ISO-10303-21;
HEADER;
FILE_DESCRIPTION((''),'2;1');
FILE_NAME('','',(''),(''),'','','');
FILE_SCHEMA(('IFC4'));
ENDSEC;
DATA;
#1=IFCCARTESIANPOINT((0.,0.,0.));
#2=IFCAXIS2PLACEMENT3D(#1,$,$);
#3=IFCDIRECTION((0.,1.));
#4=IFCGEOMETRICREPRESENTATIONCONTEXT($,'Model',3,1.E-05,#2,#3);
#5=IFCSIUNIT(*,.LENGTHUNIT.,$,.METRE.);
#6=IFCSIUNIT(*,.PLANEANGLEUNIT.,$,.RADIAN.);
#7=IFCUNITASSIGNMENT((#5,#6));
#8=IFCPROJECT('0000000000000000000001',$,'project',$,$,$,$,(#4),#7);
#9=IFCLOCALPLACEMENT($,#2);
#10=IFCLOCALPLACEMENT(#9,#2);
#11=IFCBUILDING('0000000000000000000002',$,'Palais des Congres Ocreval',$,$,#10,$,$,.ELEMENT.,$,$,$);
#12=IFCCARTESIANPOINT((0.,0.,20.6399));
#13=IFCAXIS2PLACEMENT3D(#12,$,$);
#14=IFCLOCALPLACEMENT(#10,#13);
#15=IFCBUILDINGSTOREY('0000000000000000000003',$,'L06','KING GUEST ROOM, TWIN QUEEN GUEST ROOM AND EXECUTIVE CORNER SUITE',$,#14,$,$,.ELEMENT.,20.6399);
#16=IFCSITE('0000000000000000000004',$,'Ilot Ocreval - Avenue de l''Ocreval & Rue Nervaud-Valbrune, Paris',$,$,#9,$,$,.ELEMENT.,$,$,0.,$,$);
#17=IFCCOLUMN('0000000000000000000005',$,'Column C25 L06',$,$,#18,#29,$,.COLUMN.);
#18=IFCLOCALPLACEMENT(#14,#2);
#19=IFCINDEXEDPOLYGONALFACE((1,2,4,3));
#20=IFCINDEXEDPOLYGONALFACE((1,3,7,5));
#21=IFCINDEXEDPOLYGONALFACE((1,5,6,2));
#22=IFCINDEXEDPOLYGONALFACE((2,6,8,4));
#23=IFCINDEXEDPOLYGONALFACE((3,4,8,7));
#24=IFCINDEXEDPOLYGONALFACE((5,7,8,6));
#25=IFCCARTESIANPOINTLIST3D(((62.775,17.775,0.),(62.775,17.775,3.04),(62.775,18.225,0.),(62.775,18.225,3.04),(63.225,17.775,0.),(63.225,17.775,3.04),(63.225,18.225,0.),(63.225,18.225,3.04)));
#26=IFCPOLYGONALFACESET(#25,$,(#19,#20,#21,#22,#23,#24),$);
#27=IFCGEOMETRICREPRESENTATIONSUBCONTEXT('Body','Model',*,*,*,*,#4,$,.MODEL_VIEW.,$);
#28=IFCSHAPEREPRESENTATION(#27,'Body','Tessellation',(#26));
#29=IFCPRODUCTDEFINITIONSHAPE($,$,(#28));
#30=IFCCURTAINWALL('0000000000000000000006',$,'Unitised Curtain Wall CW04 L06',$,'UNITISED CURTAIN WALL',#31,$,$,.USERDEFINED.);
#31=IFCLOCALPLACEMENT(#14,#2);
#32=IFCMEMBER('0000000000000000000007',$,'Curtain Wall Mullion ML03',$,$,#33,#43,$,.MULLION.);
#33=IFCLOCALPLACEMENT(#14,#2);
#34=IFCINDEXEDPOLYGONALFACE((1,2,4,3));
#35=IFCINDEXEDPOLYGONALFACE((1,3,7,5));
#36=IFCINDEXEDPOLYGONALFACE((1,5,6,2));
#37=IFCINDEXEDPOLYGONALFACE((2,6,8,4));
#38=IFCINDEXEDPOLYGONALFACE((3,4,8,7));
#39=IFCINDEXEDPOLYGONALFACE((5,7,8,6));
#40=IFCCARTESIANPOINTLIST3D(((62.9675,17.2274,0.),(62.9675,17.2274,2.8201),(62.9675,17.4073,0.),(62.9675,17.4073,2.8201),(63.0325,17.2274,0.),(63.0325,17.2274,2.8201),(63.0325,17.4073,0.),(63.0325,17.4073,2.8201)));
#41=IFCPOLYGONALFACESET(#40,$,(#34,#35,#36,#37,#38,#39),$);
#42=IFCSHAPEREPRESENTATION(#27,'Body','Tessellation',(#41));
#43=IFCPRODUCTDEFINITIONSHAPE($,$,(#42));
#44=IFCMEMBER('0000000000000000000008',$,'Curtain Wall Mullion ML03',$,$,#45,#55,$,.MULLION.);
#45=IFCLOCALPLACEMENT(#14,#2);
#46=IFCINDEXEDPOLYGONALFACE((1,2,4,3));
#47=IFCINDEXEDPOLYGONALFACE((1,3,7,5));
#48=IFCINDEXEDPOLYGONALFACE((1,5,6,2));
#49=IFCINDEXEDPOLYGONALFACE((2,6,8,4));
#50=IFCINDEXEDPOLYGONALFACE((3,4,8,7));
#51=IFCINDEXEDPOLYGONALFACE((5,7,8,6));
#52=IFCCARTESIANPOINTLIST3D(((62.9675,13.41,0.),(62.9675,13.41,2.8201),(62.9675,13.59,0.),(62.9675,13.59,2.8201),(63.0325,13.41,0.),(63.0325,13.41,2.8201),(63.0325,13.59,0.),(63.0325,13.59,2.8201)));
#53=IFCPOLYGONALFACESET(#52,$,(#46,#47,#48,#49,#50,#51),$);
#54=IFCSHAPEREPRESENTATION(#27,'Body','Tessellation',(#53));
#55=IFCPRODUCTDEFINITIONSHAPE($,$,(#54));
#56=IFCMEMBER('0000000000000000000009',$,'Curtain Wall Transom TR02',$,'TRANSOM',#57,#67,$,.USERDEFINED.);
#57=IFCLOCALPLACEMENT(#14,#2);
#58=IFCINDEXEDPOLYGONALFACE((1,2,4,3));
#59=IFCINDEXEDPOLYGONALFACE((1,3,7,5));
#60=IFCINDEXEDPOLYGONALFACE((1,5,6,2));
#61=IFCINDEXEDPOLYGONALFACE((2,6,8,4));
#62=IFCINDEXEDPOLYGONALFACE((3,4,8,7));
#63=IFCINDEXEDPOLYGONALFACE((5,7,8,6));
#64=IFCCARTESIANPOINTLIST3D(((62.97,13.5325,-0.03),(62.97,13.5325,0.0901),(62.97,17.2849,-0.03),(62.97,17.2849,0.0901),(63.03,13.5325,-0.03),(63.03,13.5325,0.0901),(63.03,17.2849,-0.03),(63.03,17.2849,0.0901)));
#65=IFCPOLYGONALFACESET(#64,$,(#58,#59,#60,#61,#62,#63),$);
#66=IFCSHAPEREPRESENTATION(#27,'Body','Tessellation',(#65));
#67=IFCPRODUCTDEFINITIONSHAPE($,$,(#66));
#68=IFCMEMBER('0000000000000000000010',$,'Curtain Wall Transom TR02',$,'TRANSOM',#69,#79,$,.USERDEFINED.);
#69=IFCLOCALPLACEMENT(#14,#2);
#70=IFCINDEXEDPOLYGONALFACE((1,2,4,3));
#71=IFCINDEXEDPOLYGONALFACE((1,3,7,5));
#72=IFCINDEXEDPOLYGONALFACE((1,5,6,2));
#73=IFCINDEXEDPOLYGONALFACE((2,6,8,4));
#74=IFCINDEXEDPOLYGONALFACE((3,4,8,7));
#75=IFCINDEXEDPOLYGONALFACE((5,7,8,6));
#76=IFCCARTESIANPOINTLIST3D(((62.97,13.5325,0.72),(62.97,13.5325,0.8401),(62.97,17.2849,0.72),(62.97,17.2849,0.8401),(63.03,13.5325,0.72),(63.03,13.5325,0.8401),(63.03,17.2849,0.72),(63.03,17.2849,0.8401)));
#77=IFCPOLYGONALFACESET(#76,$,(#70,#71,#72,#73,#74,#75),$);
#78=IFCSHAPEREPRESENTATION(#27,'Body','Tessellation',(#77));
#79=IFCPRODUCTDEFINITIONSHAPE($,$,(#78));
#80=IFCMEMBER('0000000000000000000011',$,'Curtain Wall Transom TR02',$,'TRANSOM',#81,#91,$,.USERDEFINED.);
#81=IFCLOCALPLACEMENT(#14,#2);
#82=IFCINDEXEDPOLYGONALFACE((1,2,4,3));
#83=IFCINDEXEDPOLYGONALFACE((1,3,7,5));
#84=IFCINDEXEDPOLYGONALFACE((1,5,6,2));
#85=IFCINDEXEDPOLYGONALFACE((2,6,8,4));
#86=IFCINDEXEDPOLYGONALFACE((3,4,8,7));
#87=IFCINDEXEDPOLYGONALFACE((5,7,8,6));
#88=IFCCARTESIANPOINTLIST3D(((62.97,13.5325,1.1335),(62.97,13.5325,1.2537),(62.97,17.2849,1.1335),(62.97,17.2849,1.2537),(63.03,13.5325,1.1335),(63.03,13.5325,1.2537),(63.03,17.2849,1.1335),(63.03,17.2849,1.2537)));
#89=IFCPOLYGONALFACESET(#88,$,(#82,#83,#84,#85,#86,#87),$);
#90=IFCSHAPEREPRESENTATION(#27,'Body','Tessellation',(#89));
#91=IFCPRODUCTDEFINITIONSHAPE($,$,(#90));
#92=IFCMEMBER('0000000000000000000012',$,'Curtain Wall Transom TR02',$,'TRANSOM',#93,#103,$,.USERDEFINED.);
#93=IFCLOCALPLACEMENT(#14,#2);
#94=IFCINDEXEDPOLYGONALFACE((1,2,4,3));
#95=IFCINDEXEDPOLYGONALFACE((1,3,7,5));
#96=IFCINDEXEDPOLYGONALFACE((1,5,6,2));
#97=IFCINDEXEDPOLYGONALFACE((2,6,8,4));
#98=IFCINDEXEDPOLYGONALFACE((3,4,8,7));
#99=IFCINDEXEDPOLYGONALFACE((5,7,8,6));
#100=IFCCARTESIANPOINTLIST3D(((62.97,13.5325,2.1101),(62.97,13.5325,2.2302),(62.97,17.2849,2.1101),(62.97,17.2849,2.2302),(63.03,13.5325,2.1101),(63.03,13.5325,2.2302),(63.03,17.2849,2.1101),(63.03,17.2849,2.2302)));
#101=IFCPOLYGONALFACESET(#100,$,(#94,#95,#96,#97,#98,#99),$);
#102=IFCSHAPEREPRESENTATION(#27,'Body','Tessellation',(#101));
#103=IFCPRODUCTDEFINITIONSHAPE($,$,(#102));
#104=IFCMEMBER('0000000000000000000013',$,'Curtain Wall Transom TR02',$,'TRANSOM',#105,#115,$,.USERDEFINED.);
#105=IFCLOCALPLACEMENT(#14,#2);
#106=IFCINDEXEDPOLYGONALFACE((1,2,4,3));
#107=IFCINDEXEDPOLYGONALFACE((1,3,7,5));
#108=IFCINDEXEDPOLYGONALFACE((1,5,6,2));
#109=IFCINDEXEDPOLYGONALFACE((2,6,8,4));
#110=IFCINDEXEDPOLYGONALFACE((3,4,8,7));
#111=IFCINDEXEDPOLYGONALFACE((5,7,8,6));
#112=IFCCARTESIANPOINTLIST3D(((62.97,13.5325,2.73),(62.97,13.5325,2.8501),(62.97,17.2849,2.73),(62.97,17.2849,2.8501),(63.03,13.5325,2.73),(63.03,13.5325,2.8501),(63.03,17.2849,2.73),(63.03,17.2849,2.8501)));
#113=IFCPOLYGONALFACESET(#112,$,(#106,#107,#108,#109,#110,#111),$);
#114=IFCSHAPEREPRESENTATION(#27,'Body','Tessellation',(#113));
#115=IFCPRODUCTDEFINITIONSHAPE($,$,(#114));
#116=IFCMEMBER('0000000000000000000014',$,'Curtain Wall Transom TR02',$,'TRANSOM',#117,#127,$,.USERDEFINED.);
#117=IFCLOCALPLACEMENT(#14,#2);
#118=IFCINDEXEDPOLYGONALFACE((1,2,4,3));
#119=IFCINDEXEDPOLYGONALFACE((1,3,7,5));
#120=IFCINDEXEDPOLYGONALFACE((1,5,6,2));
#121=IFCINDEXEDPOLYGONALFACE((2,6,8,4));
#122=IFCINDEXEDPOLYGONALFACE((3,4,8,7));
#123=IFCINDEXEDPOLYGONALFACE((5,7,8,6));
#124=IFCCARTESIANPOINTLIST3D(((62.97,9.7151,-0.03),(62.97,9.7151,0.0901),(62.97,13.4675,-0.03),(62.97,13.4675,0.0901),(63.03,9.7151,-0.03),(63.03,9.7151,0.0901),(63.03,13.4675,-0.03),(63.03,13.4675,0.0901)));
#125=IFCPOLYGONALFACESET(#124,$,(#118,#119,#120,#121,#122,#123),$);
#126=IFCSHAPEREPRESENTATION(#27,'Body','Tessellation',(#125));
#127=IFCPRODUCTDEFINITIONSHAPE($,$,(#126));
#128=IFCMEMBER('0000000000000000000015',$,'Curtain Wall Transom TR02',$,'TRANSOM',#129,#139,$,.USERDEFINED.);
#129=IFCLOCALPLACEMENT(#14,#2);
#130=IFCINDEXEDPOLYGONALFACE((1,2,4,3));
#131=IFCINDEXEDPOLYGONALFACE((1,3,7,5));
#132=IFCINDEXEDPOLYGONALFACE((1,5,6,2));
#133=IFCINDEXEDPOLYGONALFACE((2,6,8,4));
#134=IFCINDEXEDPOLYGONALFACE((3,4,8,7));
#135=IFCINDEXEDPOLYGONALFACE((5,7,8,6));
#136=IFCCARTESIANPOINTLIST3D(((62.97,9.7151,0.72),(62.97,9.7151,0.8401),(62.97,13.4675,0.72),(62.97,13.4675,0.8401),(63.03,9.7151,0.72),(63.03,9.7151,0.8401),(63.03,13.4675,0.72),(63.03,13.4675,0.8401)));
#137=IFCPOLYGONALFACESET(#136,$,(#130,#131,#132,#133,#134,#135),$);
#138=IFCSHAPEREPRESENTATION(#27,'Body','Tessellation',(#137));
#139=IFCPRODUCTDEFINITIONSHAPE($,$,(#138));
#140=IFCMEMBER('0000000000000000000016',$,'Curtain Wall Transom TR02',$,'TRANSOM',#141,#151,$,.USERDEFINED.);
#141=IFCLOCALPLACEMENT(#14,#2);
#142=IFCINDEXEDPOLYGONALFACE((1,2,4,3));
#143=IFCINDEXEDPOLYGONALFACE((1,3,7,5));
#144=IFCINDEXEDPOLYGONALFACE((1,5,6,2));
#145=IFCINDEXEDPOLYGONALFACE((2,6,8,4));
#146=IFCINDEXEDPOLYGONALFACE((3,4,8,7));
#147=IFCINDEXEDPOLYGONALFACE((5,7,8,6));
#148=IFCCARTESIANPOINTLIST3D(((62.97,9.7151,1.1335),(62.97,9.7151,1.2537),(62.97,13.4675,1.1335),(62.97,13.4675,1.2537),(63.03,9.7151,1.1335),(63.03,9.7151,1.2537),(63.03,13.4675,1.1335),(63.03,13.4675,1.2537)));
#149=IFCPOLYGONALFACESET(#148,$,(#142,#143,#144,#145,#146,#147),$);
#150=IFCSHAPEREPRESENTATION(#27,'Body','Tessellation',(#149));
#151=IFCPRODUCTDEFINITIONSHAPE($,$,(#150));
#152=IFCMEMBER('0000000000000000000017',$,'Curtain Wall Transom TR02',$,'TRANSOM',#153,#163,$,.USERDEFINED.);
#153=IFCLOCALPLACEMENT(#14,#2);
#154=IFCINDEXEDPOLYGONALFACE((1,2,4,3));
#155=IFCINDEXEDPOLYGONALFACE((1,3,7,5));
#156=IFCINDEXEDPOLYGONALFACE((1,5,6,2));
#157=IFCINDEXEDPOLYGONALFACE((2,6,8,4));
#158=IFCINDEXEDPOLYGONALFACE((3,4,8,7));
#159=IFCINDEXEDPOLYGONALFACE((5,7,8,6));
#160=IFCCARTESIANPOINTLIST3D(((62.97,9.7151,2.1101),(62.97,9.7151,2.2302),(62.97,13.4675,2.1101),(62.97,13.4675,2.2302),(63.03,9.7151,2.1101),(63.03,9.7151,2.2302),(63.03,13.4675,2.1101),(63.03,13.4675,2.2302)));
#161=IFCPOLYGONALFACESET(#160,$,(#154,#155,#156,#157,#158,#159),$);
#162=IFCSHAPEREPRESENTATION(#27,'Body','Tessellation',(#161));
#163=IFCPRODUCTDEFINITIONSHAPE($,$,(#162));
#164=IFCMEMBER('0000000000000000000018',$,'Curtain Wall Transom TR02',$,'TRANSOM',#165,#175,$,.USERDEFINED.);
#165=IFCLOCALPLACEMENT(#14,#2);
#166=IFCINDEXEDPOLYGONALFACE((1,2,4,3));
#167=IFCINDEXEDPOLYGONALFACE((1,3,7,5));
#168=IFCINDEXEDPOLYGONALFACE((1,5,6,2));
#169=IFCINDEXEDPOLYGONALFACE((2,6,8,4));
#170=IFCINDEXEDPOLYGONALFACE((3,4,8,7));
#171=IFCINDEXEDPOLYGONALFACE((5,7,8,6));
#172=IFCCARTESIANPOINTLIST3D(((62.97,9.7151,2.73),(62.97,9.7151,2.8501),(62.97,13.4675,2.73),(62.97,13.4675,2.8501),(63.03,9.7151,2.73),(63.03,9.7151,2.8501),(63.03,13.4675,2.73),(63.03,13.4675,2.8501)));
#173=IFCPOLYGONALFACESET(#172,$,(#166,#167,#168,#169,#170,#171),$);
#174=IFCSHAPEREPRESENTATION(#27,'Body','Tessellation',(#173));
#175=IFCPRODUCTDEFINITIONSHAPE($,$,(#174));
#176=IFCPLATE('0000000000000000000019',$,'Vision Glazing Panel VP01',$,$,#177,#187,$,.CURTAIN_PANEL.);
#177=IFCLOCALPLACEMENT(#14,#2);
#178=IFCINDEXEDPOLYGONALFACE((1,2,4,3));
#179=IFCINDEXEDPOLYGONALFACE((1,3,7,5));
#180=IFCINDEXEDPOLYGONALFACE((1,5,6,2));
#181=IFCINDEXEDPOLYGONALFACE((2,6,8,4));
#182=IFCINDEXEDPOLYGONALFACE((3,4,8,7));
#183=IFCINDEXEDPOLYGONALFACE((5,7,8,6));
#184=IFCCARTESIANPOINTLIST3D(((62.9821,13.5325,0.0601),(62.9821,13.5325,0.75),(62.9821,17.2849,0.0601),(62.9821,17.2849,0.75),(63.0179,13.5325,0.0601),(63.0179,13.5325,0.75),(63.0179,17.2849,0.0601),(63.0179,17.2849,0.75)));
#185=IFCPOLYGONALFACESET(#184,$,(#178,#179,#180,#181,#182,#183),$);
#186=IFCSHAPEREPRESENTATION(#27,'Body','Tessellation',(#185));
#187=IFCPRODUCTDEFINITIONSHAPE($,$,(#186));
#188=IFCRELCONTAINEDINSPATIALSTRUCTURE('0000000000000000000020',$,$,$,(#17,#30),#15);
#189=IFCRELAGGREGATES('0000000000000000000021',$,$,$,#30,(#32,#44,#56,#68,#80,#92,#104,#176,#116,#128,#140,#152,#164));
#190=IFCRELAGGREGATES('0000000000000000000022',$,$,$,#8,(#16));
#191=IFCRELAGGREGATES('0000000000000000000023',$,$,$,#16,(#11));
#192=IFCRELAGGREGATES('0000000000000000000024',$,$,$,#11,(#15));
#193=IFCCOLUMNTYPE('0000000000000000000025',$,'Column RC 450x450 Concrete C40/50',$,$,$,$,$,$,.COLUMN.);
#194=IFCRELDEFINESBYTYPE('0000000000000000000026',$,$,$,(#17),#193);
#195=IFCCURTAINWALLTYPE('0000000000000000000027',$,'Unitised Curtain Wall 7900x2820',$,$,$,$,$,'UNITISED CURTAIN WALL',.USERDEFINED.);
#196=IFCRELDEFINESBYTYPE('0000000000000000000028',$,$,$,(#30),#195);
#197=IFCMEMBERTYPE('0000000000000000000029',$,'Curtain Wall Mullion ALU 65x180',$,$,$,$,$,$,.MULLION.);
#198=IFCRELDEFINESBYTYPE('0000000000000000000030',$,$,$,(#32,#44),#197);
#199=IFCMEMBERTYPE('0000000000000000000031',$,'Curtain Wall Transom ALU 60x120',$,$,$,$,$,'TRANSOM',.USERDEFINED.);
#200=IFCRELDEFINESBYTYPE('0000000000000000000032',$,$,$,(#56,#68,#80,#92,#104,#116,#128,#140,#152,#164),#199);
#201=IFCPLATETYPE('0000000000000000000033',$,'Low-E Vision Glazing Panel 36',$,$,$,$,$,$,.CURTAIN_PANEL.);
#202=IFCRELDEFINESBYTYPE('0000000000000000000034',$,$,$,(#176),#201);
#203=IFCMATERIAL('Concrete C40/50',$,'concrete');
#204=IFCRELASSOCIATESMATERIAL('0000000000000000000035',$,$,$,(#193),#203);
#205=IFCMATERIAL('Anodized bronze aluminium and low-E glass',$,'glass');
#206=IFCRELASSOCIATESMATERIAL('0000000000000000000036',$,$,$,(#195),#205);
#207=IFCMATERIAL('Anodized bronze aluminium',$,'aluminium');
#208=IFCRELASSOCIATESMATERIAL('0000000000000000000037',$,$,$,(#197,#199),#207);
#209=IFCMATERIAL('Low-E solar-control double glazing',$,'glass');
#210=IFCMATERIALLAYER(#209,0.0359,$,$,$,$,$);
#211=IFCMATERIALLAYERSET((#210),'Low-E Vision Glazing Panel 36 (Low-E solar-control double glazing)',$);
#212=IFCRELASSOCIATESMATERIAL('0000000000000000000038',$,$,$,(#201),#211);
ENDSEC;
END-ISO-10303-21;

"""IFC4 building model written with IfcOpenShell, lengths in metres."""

from ifc_helpers import new_model, si_unit, direction, frame, origin, origin_2d, place, context, subcontext, project, spatial, rectangle, extrude, material, layer, layer_set, material_profile, profile_set, type_object, element, aggregate, save


model = new_model("IFC4")

# Units and contexts
model_context = context("Model", 3, precision=1e-05, world=origin(), true_north=direction((0.0, 1.0)))
body_context = subcontext(model_context, "Body", "Model", "MODEL_VIEW")
ifc_project = project(units=[si_unit("LENGTHUNIT", "METRE"), si_unit("PLANEANGLEUNIT", "RADIAN")], contexts=[model_context])

# Site, building, storey
site_placement = place(None, origin())
site = spatial("IfcSite", under=ifc_project, at=site_placement, Name="Ilot Ocreval - Avenue de l'Ocreval & Rue Nervaud-Valbrune, Paris", CompositionType="ELEMENT", RefElevation=0.0)
building_placement = place(site_placement, origin())
building = spatial("IfcBuilding", under=site, at=building_placement, Name="Palais des Congres Ocreval", CompositionType="ELEMENT")
storey_placement = place(building_placement, frame((0.0, 0.0, 20.6399)))
storey = spatial("IfcBuildingStorey", under=building, at=storey_placement, Name="L06", Description="KING GUEST ROOM, TWIN QUEEN GUEST ROOM AND EXECUTIVE CORNER SUITE", CompositionType="ELEMENT", Elevation=20.6399)

# Column
ifc_material_1 = material(Name="Concrete C40/50", Category="concrete")
ifc_material_profile_1 = material_profile(ifc_material_1, rectangle(XDim=0.45, YDim=0.45, at=origin_2d()), Name="RC 450x450")
ifc_profile_set_1 = profile_set([ifc_material_profile_1], Name="Concrete C40/50")
column_type = type_object("IfcColumnType", Name="Column RC 450x450 Concrete C40/50", PredefinedType="COLUMN", material=ifc_profile_set_1)
column_placement = place(storey_placement, frame((63.0, 18.0, 0.0), z_axis=(0.0, 0.0, 1.0), x_axis=(1.0, 0.0, 0.0)))
element("IfcColumn", 1, at=column_placement, inside=storey, type_object=column_type, Name="Column C25 L06", PredefinedType="COLUMN", context=body_context, shape_type="SweptSolid", body=[
    extrude(rectangle(XDim=0.45, YDim=0.45, at=origin_2d()), origin(), (0.0, 0.0, 1.0), 3.04),
])

# Curtain wall, members, plate
ifc_material_2 = material(Name="Anodized bronze aluminium and low-E glass", Category="glass")
curtain_wall_type = type_object("IfcCurtainWallType", Name="Unitised Curtain Wall 7900x2820", ElementType="UNITISED CURTAIN WALL", PredefinedType="USERDEFINED", material=ifc_material_2)
curtain_wall_placement = place(storey_placement, origin())
curtain_wall = element("IfcCurtainWall", 2, at=curtain_wall_placement, inside=storey, type_object=curtain_wall_type, Name="Unitised Curtain Wall CW04 L06", ObjectType="UNITISED CURTAIN WALL", PredefinedType="USERDEFINED")
ifc_material_3 = material(Name="Anodized bronze aluminium", Category="aluminium")
ifc_material_profile_2 = material_profile(ifc_material_3, rectangle(XDim=0.0649, YDim=0.1799, at=origin_2d()), Name="ALU 65x180")
ifc_profile_set_2 = profile_set([ifc_material_profile_2], Name="Anodized bronze aluminium")
member_type_1 = type_object("IfcMemberType", Name="Curtain Wall Mullion ALU 65x180", PredefinedType="MULLION", material=ifc_profile_set_2)
member_1_placement = place(storey_placement, frame((63.0, 17.3174, 0.0), z_axis=(0.0, 0.0, 1.0), x_axis=(1.0, 0.0, 0.0)))
member_1 = element("IfcMember", 3, at=member_1_placement, type_object=member_type_1, Name="Curtain Wall Mullion ML03", PredefinedType="MULLION", context=body_context, shape_type="SweptSolid", body=[
    extrude(rectangle(XDim=0.0649, YDim=0.1799, at=origin_2d()), origin(), (0.0, 0.0, 1.0), 2.8201),
])
member_2_placement = place(storey_placement, frame((63.0, 13.5, 0.0), z_axis=(0.0, 0.0, 1.0), x_axis=(1.0, 0.0, 0.0)))
member_2 = element("IfcMember", 4, at=member_2_placement, type_object=member_type_1, Name="Curtain Wall Mullion ML03", PredefinedType="MULLION", context=body_context, shape_type="SweptSolid", body=[
    extrude(rectangle(XDim=0.0649, YDim=0.1799, at=origin_2d()), origin(), (0.0, 0.0, 1.0), 2.8201),
])
ifc_material_profile_3 = material_profile(ifc_material_3, rectangle(XDim=0.0601, YDim=0.1201, at=origin_2d()), Name="ALU 60x120")
ifc_profile_set_3 = profile_set([ifc_material_profile_3], Name="Anodized bronze aluminium")
member_type_2 = type_object("IfcMemberType", Name="Curtain Wall Transom ALU 60x120", ElementType="TRANSOM", PredefinedType="USERDEFINED", material=ifc_profile_set_3)
member_3_placement = place(storey_placement, frame((63.0, 17.2849, 0.03), z_axis=(0.0, -1.0, 0.0), x_axis=(1.0, 0.0, 0.0)))
member_3 = element("IfcMember", 5, at=member_3_placement, type_object=member_type_2, Name="Curtain Wall Transom TR02", ObjectType="TRANSOM", PredefinedType="USERDEFINED", context=body_context, shape_type="SweptSolid", body=[
    extrude(rectangle(XDim=0.0601, YDim=0.1201, at=origin_2d()), origin(), (0.0, 0.0, 1.0), 3.7524),
])
member_4_placement = place(storey_placement, frame((63.0, 17.2849, 0.78), z_axis=(0.0, -1.0, 0.0), x_axis=(1.0, 0.0, 0.0)))
member_4 = element("IfcMember", 6, at=member_4_placement, type_object=member_type_2, Name="Curtain Wall Transom TR02", ObjectType="TRANSOM", PredefinedType="USERDEFINED", context=body_context, shape_type="SweptSolid", body=[
    extrude(rectangle(XDim=0.0601, YDim=0.1201, at=origin_2d()), origin(), (0.0, 0.0, 1.0), 3.7524),
])
member_5_placement = place(storey_placement, frame((63.0, 17.2849, 1.1936), z_axis=(0.0, -1.0, 0.0), x_axis=(1.0, 0.0, 0.0)))
member_5 = element("IfcMember", 7, at=member_5_placement, type_object=member_type_2, Name="Curtain Wall Transom TR02", ObjectType="TRANSOM", PredefinedType="USERDEFINED", context=body_context, shape_type="SweptSolid", body=[
    extrude(rectangle(XDim=0.0601, YDim=0.1201, at=origin_2d()), origin(), (0.0, 0.0, 1.0), 3.7524),
])
member_6_placement = place(storey_placement, frame((63.0, 17.2849, 2.1702), z_axis=(0.0, -1.0, 0.0), x_axis=(1.0, 0.0, 0.0)))
member_6 = element("IfcMember", 8, at=member_6_placement, type_object=member_type_2, Name="Curtain Wall Transom TR02", ObjectType="TRANSOM", PredefinedType="USERDEFINED", context=body_context, shape_type="SweptSolid", body=[
    extrude(rectangle(XDim=0.0601, YDim=0.1201, at=origin_2d()), origin(), (0.0, 0.0, 1.0), 3.7524),
])
member_7_placement = place(storey_placement, frame((63.0, 17.2849, 2.79), z_axis=(0.0, -1.0, 0.0), x_axis=(1.0, 0.0, 0.0)))
member_7 = element("IfcMember", 9, at=member_7_placement, type_object=member_type_2, Name="Curtain Wall Transom TR02", ObjectType="TRANSOM", PredefinedType="USERDEFINED", context=body_context, shape_type="SweptSolid", body=[
    extrude(rectangle(XDim=0.0601, YDim=0.1201, at=origin_2d()), origin(), (0.0, 0.0, 1.0), 3.7524),
])
member_8_placement = place(storey_placement, frame((63.0, 13.4675, 0.03), z_axis=(0.0, -1.0, 0.0), x_axis=(1.0, 0.0, 0.0)))
member_8 = element("IfcMember", 10, at=member_8_placement, type_object=member_type_2, Name="Curtain Wall Transom TR02", ObjectType="TRANSOM", PredefinedType="USERDEFINED", context=body_context, shape_type="SweptSolid", body=[
    extrude(rectangle(XDim=0.0601, YDim=0.1201, at=origin_2d()), origin(), (0.0, 0.0, 1.0), 3.7524),
])
member_9_placement = place(storey_placement, frame((63.0, 13.4675, 0.78), z_axis=(0.0, -1.0, 0.0), x_axis=(1.0, 0.0, 0.0)))
member_9 = element("IfcMember", 11, at=member_9_placement, type_object=member_type_2, Name="Curtain Wall Transom TR02", ObjectType="TRANSOM", PredefinedType="USERDEFINED", context=body_context, shape_type="SweptSolid", body=[
    extrude(rectangle(XDim=0.0601, YDim=0.1201, at=origin_2d()), origin(), (0.0, 0.0, 1.0), 3.7524),
])
member_10_placement = place(storey_placement, frame((63.0, 13.4675, 1.1936), z_axis=(0.0, -1.0, 0.0), x_axis=(1.0, 0.0, 0.0)))
member_10 = element("IfcMember", 12, at=member_10_placement, type_object=member_type_2, Name="Curtain Wall Transom TR02", ObjectType="TRANSOM", PredefinedType="USERDEFINED", context=body_context, shape_type="SweptSolid", body=[
    extrude(rectangle(XDim=0.0601, YDim=0.1201, at=origin_2d()), origin(), (0.0, 0.0, 1.0), 3.7524),
])
member_11_placement = place(storey_placement, frame((63.0, 13.4675, 2.1702), z_axis=(0.0, -1.0, 0.0), x_axis=(1.0, 0.0, 0.0)))
member_11 = element("IfcMember", 13, at=member_11_placement, type_object=member_type_2, Name="Curtain Wall Transom TR02", ObjectType="TRANSOM", PredefinedType="USERDEFINED", context=body_context, shape_type="SweptSolid", body=[
    extrude(rectangle(XDim=0.0601, YDim=0.1201, at=origin_2d()), origin(), (0.0, 0.0, 1.0), 3.7524),
])
member_12_placement = place(storey_placement, frame((63.0, 13.4675, 2.79), z_axis=(0.0, -1.0, 0.0), x_axis=(1.0, 0.0, 0.0)))
member_12 = element("IfcMember", 14, at=member_12_placement, type_object=member_type_2, Name="Curtain Wall Transom TR02", ObjectType="TRANSOM", PredefinedType="USERDEFINED", context=body_context, shape_type="SweptSolid", body=[
    extrude(rectangle(XDim=0.0601, YDim=0.1201, at=origin_2d()), origin(), (0.0, 0.0, 1.0), 3.7524),
])
ifc_material_4 = material(Name="Low-E solar-control double glazing", Category="glass")
ifc_layer_1 = layer(ifc_material_4, 0.0359)
ifc_layer_set_1 = layer_set([ifc_layer_1], Name="Low-E Vision Glazing Panel 36 (Low-E solar-control double glazing)")
plate_type_1 = type_object("IfcPlateType", Name="Low-E Vision Glazing Panel 36", PredefinedType="CURTAIN_PANEL", material=ifc_layer_set_1)
plate_1_placement = place(storey_placement, frame((63.0, 15.4087, 0.0601), z_axis=(0.0, 0.0, 1.0), x_axis=(0.0, -1.0, 0.0)))
plate_1 = element("IfcPlate", 15, at=plate_1_placement, type_object=plate_type_1, Name="Vision Glazing Panel VP01", PredefinedType="CURTAIN_PANEL", context=body_context, shape_type="SweptSolid", body=[
    extrude(rectangle(XDim=3.7524, YDim=0.0359, at=origin_2d()), origin(), (0.0, 0.0, 1.0), 0.6899),
])
aggregate(curtain_wall, [member_1, member_2, member_3, member_4, member_5, member_6, member_7, plate_1, member_8, member_9, member_10, member_11, member_12])

save(model, "model.ifc")
